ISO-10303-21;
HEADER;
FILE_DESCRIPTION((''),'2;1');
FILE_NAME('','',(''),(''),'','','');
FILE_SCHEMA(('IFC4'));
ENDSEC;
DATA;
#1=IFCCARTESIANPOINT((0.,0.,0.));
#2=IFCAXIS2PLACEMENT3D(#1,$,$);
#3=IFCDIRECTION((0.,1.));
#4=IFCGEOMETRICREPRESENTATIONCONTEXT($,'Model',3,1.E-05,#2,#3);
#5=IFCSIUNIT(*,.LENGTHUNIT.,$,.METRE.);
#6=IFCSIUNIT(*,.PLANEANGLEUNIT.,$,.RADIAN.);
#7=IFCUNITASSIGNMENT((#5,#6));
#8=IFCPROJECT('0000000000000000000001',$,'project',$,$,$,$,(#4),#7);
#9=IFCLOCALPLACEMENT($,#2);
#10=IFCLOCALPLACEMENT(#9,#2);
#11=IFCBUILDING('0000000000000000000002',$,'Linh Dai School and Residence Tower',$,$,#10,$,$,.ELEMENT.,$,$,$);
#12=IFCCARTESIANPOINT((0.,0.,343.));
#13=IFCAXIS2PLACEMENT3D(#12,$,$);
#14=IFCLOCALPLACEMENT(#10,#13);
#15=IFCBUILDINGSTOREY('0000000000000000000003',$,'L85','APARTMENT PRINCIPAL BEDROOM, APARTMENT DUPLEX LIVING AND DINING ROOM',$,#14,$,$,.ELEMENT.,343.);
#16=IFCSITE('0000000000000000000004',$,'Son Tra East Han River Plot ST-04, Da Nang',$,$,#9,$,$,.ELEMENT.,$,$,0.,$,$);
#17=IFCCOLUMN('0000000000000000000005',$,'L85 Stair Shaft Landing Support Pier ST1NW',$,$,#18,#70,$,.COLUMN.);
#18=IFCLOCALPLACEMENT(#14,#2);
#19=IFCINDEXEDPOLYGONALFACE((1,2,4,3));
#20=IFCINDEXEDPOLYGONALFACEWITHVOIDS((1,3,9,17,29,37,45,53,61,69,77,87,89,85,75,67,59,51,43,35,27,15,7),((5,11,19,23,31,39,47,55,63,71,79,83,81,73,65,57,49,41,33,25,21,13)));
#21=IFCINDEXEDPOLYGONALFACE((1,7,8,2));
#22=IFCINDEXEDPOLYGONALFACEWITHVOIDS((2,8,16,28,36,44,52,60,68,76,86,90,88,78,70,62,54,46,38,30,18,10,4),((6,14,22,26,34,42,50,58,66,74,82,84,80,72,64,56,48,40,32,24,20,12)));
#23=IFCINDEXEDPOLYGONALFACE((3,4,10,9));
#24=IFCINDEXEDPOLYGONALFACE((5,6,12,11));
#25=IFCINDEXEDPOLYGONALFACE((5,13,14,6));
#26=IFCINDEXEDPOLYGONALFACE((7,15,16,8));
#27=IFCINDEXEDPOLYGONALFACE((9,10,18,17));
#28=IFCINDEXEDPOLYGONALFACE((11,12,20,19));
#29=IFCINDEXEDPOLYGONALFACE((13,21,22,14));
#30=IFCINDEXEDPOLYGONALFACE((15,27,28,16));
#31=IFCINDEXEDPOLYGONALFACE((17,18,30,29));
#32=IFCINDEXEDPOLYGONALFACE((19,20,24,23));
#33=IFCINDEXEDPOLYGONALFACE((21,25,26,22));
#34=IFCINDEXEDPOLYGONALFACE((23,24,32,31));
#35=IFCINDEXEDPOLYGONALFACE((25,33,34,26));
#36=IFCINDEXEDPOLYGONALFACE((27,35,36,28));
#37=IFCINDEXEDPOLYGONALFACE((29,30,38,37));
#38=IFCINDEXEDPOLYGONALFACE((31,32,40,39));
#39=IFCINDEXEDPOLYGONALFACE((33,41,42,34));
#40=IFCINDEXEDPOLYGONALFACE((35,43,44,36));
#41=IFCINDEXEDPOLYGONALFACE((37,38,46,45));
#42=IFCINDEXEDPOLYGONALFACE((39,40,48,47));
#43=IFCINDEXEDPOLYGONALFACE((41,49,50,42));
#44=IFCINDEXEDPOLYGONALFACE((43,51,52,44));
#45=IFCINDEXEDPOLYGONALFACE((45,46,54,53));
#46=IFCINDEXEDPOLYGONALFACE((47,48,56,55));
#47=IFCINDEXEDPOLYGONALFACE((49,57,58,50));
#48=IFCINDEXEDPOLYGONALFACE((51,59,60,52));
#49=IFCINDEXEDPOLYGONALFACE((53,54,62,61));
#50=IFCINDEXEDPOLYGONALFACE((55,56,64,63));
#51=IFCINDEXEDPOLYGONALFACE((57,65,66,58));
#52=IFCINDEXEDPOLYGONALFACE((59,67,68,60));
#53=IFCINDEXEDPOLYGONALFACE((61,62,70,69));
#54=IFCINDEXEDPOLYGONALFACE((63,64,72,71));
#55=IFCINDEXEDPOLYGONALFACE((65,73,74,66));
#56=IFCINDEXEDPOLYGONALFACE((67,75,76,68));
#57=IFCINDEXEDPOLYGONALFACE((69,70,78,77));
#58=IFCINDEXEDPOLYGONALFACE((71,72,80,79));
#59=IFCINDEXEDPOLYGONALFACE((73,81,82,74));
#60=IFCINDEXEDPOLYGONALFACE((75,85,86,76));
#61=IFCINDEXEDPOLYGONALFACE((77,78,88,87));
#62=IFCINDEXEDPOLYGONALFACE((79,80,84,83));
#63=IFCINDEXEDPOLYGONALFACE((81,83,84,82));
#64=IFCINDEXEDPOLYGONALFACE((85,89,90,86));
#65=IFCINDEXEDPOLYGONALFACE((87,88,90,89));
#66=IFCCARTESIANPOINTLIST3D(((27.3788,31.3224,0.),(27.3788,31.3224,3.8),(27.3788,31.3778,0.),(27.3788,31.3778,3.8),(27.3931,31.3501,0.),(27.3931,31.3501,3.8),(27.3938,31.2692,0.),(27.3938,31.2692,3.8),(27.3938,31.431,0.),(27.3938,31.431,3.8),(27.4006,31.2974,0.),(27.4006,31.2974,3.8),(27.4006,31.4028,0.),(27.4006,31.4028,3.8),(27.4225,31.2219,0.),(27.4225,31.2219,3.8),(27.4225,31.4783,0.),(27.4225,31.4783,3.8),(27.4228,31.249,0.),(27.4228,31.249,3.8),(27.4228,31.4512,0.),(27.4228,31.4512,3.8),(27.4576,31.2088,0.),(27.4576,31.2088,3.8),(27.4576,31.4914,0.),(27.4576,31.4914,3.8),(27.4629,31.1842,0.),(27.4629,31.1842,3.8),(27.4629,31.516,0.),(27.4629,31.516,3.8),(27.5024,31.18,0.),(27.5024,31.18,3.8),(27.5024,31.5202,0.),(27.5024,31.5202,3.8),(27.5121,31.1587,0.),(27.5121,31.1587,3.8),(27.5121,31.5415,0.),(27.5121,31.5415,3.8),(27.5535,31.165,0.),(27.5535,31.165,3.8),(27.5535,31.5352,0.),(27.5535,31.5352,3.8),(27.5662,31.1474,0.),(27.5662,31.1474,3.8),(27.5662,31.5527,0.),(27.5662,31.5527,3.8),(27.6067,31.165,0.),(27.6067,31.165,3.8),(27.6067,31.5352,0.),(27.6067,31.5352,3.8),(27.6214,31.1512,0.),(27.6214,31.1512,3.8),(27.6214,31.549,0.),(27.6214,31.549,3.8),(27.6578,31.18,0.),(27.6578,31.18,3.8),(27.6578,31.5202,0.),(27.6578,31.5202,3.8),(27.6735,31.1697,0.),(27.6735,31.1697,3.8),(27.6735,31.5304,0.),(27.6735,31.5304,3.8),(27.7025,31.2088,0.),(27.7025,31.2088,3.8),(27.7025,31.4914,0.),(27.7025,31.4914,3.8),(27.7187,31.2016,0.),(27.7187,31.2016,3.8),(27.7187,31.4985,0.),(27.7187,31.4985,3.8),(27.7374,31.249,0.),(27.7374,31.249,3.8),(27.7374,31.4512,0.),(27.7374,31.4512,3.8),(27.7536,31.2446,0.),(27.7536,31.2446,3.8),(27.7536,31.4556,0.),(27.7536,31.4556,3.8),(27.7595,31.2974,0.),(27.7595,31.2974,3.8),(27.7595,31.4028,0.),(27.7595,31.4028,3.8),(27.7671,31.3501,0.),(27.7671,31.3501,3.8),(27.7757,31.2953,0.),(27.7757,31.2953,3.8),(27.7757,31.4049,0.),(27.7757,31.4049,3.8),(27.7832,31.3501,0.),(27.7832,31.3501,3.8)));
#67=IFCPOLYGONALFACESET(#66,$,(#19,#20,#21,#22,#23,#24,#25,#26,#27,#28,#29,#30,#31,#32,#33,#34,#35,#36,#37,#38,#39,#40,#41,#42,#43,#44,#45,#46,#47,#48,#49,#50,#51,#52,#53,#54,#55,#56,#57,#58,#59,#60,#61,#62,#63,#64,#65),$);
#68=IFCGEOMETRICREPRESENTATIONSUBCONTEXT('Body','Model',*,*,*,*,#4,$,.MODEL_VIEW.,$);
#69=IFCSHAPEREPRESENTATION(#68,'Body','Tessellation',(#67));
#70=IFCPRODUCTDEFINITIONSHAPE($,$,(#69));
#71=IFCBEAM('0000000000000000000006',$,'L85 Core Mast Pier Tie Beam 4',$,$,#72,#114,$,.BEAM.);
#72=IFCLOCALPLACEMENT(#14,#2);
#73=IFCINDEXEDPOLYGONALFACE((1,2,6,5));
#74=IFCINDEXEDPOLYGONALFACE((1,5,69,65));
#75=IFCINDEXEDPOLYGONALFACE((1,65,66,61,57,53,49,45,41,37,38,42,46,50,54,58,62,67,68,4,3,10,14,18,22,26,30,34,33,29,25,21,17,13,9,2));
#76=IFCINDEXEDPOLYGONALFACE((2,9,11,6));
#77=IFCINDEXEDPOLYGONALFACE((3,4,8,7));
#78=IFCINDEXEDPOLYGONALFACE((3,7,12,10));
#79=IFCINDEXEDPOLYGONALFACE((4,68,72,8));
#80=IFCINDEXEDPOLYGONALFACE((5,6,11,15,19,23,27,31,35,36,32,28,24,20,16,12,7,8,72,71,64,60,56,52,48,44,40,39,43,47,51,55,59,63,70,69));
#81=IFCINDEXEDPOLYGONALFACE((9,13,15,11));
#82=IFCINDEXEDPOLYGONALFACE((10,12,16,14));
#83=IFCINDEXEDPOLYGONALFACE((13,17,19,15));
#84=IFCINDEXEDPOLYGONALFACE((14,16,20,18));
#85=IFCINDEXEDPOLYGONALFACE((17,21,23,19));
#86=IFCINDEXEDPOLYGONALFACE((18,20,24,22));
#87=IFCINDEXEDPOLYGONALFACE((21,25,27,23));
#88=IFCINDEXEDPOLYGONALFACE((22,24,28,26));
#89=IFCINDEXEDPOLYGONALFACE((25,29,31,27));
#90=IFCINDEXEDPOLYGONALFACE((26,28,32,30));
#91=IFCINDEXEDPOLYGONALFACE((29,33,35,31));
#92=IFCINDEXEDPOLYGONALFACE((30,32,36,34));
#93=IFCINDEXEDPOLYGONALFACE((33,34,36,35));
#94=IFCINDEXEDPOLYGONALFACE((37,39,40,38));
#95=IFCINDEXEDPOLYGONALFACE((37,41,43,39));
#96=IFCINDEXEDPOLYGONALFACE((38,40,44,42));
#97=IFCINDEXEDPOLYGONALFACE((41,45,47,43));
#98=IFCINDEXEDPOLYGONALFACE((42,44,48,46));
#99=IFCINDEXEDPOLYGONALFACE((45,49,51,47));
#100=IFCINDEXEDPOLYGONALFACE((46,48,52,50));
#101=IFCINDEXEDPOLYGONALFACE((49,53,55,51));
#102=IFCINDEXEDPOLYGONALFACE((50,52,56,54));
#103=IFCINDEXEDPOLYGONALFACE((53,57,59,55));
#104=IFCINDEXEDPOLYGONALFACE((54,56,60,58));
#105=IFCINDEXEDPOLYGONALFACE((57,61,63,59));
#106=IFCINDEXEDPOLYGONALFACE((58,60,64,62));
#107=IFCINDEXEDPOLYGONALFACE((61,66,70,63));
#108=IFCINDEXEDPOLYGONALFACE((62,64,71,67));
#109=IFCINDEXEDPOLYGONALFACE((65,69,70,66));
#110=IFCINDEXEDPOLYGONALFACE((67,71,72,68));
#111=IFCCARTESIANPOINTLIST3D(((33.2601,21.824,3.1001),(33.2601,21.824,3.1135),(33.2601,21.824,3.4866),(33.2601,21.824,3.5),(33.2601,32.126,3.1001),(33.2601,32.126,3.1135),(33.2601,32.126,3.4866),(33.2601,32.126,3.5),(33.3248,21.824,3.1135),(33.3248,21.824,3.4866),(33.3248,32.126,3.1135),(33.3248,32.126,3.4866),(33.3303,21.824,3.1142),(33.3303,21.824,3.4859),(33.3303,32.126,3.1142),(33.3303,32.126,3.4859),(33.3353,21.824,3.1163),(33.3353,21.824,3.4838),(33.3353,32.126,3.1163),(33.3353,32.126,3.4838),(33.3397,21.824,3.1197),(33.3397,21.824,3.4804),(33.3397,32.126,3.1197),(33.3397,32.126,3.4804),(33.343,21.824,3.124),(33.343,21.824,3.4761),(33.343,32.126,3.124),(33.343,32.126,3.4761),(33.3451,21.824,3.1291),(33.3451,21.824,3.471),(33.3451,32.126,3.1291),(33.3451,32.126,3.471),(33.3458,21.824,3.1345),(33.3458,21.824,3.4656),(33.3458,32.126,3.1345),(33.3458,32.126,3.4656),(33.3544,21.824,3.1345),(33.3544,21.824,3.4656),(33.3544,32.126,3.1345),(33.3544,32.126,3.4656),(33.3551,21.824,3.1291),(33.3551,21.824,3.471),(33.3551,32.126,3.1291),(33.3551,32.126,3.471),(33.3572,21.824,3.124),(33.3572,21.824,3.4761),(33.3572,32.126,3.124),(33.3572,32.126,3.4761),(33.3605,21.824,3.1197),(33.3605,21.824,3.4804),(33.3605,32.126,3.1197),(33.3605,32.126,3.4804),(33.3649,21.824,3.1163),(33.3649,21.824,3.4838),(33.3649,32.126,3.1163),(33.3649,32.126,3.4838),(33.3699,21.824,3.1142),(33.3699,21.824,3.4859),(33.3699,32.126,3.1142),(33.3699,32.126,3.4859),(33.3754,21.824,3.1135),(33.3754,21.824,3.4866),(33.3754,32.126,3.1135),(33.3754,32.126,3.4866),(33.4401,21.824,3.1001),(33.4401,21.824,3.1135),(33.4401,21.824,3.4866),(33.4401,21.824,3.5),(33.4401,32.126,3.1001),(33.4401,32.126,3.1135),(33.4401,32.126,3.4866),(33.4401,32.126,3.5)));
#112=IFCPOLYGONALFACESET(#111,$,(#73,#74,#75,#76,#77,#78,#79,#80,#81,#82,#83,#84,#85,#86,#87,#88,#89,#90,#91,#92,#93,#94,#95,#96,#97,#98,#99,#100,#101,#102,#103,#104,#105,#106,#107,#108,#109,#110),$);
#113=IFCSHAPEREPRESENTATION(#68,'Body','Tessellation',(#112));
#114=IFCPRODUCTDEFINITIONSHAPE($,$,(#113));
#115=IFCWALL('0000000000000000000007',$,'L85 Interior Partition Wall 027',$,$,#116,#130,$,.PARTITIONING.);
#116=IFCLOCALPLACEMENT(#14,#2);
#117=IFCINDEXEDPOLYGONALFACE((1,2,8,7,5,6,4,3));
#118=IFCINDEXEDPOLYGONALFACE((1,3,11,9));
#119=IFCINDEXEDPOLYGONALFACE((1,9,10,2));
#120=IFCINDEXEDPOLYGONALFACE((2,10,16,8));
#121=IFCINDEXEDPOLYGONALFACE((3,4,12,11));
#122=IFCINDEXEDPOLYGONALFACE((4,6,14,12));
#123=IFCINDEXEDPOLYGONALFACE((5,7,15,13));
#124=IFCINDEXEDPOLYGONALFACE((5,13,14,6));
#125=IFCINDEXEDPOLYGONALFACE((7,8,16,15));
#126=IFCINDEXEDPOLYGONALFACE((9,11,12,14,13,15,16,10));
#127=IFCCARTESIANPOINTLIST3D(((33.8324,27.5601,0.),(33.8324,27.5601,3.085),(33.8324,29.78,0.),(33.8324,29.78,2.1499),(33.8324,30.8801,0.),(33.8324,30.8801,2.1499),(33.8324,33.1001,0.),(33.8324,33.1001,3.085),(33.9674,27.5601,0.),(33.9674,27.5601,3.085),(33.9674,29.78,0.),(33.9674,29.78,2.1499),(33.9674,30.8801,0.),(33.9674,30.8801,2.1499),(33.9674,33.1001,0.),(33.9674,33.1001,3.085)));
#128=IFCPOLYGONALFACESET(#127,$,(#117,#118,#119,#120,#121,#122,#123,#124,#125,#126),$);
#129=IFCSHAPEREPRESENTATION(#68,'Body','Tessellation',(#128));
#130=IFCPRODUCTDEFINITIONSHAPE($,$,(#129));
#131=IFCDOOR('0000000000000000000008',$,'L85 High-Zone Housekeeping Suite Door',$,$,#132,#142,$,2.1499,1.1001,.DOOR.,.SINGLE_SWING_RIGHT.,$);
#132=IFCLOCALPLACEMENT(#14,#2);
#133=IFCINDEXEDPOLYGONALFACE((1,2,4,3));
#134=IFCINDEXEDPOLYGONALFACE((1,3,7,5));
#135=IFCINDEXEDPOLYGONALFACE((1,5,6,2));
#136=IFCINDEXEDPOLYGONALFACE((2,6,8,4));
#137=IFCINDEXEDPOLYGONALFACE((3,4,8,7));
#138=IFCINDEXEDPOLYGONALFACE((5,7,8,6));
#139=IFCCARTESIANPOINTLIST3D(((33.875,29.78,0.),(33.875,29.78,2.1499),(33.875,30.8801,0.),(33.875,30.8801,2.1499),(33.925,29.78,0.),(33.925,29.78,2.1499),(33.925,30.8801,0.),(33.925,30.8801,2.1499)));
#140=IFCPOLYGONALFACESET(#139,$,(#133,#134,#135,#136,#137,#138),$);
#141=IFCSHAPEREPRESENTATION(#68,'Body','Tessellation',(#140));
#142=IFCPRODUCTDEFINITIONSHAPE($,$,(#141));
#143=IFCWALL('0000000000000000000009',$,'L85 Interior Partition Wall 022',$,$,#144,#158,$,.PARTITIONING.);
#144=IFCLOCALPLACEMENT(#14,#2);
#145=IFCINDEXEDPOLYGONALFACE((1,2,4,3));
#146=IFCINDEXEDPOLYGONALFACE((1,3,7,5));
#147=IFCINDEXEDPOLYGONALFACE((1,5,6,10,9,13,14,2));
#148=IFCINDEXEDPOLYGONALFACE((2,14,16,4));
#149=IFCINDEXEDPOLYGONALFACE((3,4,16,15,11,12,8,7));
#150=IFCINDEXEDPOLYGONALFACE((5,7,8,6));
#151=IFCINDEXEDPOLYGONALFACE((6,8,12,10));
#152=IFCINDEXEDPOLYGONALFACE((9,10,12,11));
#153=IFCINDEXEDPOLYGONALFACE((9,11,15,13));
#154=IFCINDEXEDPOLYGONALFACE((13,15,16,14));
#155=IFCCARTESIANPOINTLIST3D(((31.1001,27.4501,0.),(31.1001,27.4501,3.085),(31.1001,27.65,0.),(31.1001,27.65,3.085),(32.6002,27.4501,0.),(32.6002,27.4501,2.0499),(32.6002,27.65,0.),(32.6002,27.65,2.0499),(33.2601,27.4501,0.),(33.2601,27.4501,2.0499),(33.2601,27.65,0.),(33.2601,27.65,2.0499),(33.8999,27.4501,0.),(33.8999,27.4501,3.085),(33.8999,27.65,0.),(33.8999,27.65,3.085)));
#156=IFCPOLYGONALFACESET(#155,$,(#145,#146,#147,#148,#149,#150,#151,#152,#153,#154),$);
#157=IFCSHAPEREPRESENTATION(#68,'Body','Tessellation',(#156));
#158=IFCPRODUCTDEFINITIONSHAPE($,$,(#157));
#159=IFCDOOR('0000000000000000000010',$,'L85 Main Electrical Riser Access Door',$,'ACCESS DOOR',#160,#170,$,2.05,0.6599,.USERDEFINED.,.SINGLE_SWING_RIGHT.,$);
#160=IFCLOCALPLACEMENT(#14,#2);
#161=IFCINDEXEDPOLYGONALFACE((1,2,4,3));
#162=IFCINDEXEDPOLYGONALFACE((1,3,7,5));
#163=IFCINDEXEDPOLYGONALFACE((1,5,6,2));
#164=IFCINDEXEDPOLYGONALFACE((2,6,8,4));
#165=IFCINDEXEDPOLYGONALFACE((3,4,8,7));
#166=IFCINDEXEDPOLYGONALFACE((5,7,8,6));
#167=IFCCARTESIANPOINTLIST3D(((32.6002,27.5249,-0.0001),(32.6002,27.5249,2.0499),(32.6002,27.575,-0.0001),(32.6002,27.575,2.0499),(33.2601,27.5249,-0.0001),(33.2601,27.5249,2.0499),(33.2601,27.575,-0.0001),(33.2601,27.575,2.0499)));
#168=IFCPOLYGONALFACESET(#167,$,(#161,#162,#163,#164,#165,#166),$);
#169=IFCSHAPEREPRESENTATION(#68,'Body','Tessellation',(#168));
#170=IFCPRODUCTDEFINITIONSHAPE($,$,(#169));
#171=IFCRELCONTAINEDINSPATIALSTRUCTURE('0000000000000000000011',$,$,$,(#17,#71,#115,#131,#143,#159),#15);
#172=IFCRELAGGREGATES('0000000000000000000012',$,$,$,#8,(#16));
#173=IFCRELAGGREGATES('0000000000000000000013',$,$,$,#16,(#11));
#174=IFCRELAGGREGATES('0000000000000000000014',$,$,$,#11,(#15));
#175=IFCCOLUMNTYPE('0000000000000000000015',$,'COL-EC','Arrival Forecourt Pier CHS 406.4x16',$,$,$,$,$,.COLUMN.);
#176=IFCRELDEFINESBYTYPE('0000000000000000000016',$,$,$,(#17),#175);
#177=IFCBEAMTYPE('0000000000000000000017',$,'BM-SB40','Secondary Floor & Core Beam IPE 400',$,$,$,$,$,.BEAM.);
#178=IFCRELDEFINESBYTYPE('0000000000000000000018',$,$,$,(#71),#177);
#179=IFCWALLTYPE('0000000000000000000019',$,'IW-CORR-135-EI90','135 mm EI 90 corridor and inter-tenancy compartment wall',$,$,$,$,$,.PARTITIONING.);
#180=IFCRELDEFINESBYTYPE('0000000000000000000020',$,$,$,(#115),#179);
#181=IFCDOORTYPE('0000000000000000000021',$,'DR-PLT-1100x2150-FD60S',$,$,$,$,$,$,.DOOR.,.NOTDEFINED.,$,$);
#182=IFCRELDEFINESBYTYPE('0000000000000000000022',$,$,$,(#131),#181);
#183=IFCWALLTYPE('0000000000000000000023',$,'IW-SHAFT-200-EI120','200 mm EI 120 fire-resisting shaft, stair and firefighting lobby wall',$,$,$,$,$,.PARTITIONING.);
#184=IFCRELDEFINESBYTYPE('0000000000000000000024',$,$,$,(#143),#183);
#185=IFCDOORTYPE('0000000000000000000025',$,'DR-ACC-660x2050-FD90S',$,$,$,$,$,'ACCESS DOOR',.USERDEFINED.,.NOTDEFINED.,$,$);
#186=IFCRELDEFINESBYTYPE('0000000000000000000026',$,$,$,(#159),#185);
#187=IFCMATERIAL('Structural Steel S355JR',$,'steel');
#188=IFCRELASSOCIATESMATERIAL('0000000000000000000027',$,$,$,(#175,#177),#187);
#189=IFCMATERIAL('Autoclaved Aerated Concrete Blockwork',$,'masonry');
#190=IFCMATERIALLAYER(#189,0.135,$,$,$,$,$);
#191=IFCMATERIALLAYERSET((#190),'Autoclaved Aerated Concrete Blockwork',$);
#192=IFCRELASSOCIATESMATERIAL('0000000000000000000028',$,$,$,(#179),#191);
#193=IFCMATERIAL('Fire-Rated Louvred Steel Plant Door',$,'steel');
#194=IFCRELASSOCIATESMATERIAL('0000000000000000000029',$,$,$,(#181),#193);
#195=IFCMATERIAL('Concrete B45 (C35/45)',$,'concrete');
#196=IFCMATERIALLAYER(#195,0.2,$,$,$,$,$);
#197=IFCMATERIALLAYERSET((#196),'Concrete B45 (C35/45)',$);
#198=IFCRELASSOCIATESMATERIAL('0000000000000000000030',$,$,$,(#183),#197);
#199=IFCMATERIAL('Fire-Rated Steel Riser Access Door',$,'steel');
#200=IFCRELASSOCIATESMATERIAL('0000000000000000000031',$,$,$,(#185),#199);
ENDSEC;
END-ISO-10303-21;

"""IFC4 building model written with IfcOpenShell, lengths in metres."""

from ifc_helpers import new_model, si_unit, direction, frame, frame_2d, origin, origin_2d, place, context, subcontext, project, spatial, rectangle, hollow_circle, i_section, extrude, source, transform, mapped, material, layer, layer_set, material_profile, profile_set, type_object, element, fill, save


model = new_model("IFC4")

# Units and contexts
model_context = context("Model", 3, precision=1e-05, world=origin(), true_north=direction((0.0, 1.0)))
body_context = subcontext(model_context, "Body", "Model", "MODEL_VIEW")
ifc_project = project(units=[si_unit("LENGTHUNIT", "METRE"), si_unit("PLANEANGLEUNIT", "RADIAN")], contexts=[model_context])

# Site, building, storey
site_placement = place(None, origin())
site = spatial("IfcSite", under=ifc_project, at=site_placement, Name="Son Tra East Han River Plot ST-04, Da Nang", CompositionType="ELEMENT", RefElevation=0.0)
building_placement = place(site_placement, origin())
building = spatial("IfcBuilding", under=site, at=building_placement, Name="Linh Dai School and Residence Tower", CompositionType="ELEMENT")
storey_placement = place(building_placement, frame((0.0, 0.0, 343.0)))
storey = spatial("IfcBuildingStorey", under=building, at=storey_placement, Name="L85", Description="APARTMENT PRINCIPAL BEDROOM, APARTMENT DUPLEX LIVING AND DINING ROOM", CompositionType="ELEMENT", Elevation=343.0)

# Column
ifc_material_1 = material(Name="Structural Steel S355JR", Category="steel")
ifc_material_profile_1 = material_profile(ifc_material_1, hollow_circle(Radius=0.2031, WallThickness=0.0161, at=origin_2d()), Name="CHS 406.4x16")
ifc_profile_set_1 = profile_set([ifc_material_profile_1], Name="Structural Steel S355JR")
column_type = type_object("IfcColumnType", Name="COL-EC", Description="Arrival Forecourt Pier CHS 406.4x16", PredefinedType="COLUMN", material=ifc_profile_set_1)
column_placement = place(storey_placement, frame((27.5801, 31.3501, 0.0), z_axis=(0.0, 0.0, 1.0), x_axis=(1.0, 0.0, 0.0)))
element("IfcColumn", 1, at=column_placement, inside=storey, type_object=column_type, Name="L85 Stair Shaft Landing Support Pier ST1NW", PredefinedType="COLUMN", context=body_context, shape_type="SweptSolid", body=[
    extrude(hollow_circle(Radius=0.2031, WallThickness=0.0161, at=origin_2d()), origin(), (0.0, 0.0, 1.0), 3.8),
])

# Beam
ifc_material_profile_2 = material_profile(ifc_material_1, i_section(OverallWidth=0.1799, OverallDepth=0.3999, WebThickness=0.0085, FlangeThickness=0.0134, FilletRadius=0.021, at=origin_2d()), Name="IPE 400")
ifc_profile_set_2 = profile_set([ifc_material_profile_2], Name="Structural Steel S355JR")
beam_type = type_object("IfcBeamType", Name="BM-SB40", Description="Secondary Floor & Core Beam IPE 400", PredefinedType="BEAM", material=ifc_profile_set_2)
beam_placement = place(storey_placement, frame((33.3501, 32.126, 3.3), z_axis=(0.0, -1.0, 0.0), x_axis=(1.0, 0.0, 0.0)))
element("IfcBeam", 2, at=beam_placement, inside=storey, type_object=beam_type, Name="L85 Core Mast Pier Tie Beam 4", PredefinedType="BEAM", context=body_context, shape_type="SweptSolid", body=[
    extrude(i_section(OverallWidth=0.1799, OverallDepth=0.3999, WebThickness=0.0085, FlangeThickness=0.0134, FilletRadius=0.021, at=origin_2d()), origin(), (0.0, 0.0, 1.0), 10.302),
])

# Walls, openings, doors
ifc_material_2 = material(Name="Autoclaved Aerated Concrete Blockwork", Category="masonry")
ifc_layer_1 = layer(ifc_material_2, 0.135)
ifc_layer_set_1 = layer_set([ifc_layer_1], Name="Autoclaved Aerated Concrete Blockwork")
wall_type_1 = type_object("IfcWallType", Name="IW-CORR-135-EI90", Description="135 mm EI 90 corridor and inter-tenancy compartment wall", PredefinedType="PARTITIONING", material=ifc_layer_set_1)
wall_1_placement = place(storey_placement, frame((33.8999, 27.5601, 0.0), z_axis=(0.0, 0.0, 1.0), x_axis=(0.0, 1.0, 0.0)))
wall_1 = element("IfcWall", 3, at=wall_1_placement, inside=storey, type_object=wall_type_1, Name="L85 Interior Partition Wall 027", PredefinedType="PARTITIONING", context=body_context, shape_type="SweptSolid", body=[
    extrude(rectangle(XDim=5.54, YDim=0.135, at=frame_2d((2.77, 0.0))), origin(), (0.0, 0.0, 1.0), 3.085),
])
opening_1_placement = place(wall_1_placement, frame((2.22, 0.0, 0.0)))
opening_1 = element("IfcOpeningElement", 4, at=opening_1_placement, cuts=wall_1, PredefinedType="OPENING", context=body_context, shape_type="SweptSolid", body=[
    extrude(rectangle(XDim=1.1001, YDim=2.1499, at=origin_2d()), frame((0.55, 0.0776, 1.075), z_axis=(0.0, -1.0, 0.0), x_axis=(1.0, 0.0, 0.0)), (0.0, 0.0, 1.0), 0.155),
])
ifc_material_3 = material(Name="Fire-Rated Louvred Steel Plant Door", Category="steel")
door_type_1 = type_object("IfcDoorType", Name="DR-PLT-1100x2150-FD60S", OperationType="NOTDEFINED", PredefinedType="DOOR", material=ifc_material_3)
shared_shape_1 = source(origin(), body_context, "Body", "SweptSolid", [
    extrude(rectangle(XDim=1.1001, YDim=2.1499, at=origin_2d()), frame((0.55, 0.0249, 1.075), z_axis=(0.0, -1.0, 0.0), x_axis=(1.0, 0.0, 0.0)), (0.0, 0.0, 1.0), 0.05),
])
door_1_placement = place(opening_1_placement, origin())
door_1 = element("IfcDoor", 5, at=door_1_placement, inside=storey, type_object=door_type_1, Name="L85 High-Zone Housekeeping Suite Door", OperationType="SINGLE_SWING_RIGHT", OverallHeight=2.1499, OverallWidth=1.1001, PredefinedType="DOOR", context=body_context, shape_type="MappedRepresentation", body=[
    mapped(shared_shape_1, transform((0.0, 0.0, 0.0), x_axis=(1.0, 0.0, 0.0), y_axis=(0.0, 1.0, 0.0), z_axis=(0.0, 0.0, 1.0), scale=1.0)),
])
fill(opening_1, door_1)
ifc_material_4 = material(Name="Concrete B45 (C35/45)", Category="concrete")
ifc_layer_2 = layer(ifc_material_4, 0.2)
ifc_layer_set_2 = layer_set([ifc_layer_2], Name="Concrete B45 (C35/45)")
wall_type_2 = type_object("IfcWallType", Name="IW-SHAFT-200-EI120", Description="200 mm EI 120 fire-resisting shaft, stair and firefighting lobby wall", PredefinedType="PARTITIONING", material=ifc_layer_set_2)
wall_2_placement = place(storey_placement, frame((31.1001, 27.55, 0.0), z_axis=(0.0, 0.0, 1.0), x_axis=(1.0, 0.0, 0.0)))
wall_2 = element("IfcWall", 6, at=wall_2_placement, inside=storey, type_object=wall_type_2, Name="L85 Interior Partition Wall 022", PredefinedType="PARTITIONING", context=body_context, shape_type="SweptSolid", body=[
    extrude(rectangle(XDim=2.7998, YDim=0.2, at=frame_2d((1.3999, 0.0))), origin(), (0.0, 0.0, 1.0), 3.085),
])
opening_2_placement = place(wall_2_placement, frame((1.5, 0.0, 0.0)))
opening_2 = element("IfcOpeningElement", 7, at=opening_2_placement, cuts=wall_2, PredefinedType="OPENING", context=body_context, shape_type="SweptSolid", body=[
    extrude(rectangle(XDim=0.6599, YDim=2.05, at=origin_2d()), frame((0.3301, 0.1099, 1.0249), z_axis=(0.0, -1.0, 0.0), x_axis=(1.0, 0.0, 0.0)), (0.0, 0.0, 1.0), 0.22),
])
ifc_material_5 = material(Name="Fire-Rated Steel Riser Access Door", Category="steel")
door_type_2 = type_object("IfcDoorType", Name="DR-ACC-660x2050-FD90S", ElementType="ACCESS DOOR", OperationType="NOTDEFINED", PredefinedType="USERDEFINED", material=ifc_material_5)
shared_shape_2 = source(origin(), body_context, "Body", "SweptSolid", [
    extrude(rectangle(XDim=0.6599, YDim=2.05, at=origin_2d()), frame((0.3301, 0.0249, 1.0249), z_axis=(0.0, -1.0, 0.0), x_axis=(1.0, 0.0, 0.0)), (0.0, 0.0, 1.0), 0.05),
])
door_2_placement = place(opening_2_placement, origin())
door_2 = element("IfcDoor", 8, at=door_2_placement, inside=storey, type_object=door_type_2, Name="L85 Main Electrical Riser Access Door", ObjectType="ACCESS DOOR", OperationType="SINGLE_SWING_RIGHT", OverallHeight=2.05, OverallWidth=0.6599, PredefinedType="USERDEFINED", context=body_context, shape_type="MappedRepresentation", body=[
    mapped(shared_shape_2, transform((0.0, 0.0, 0.0), x_axis=(1.0, 0.0, 0.0), y_axis=(0.0, 1.0, 0.0), z_axis=(0.0, 0.0, 1.0), scale=1.0)),
])
fill(opening_2, door_2)

save(model, "model.ifc")
